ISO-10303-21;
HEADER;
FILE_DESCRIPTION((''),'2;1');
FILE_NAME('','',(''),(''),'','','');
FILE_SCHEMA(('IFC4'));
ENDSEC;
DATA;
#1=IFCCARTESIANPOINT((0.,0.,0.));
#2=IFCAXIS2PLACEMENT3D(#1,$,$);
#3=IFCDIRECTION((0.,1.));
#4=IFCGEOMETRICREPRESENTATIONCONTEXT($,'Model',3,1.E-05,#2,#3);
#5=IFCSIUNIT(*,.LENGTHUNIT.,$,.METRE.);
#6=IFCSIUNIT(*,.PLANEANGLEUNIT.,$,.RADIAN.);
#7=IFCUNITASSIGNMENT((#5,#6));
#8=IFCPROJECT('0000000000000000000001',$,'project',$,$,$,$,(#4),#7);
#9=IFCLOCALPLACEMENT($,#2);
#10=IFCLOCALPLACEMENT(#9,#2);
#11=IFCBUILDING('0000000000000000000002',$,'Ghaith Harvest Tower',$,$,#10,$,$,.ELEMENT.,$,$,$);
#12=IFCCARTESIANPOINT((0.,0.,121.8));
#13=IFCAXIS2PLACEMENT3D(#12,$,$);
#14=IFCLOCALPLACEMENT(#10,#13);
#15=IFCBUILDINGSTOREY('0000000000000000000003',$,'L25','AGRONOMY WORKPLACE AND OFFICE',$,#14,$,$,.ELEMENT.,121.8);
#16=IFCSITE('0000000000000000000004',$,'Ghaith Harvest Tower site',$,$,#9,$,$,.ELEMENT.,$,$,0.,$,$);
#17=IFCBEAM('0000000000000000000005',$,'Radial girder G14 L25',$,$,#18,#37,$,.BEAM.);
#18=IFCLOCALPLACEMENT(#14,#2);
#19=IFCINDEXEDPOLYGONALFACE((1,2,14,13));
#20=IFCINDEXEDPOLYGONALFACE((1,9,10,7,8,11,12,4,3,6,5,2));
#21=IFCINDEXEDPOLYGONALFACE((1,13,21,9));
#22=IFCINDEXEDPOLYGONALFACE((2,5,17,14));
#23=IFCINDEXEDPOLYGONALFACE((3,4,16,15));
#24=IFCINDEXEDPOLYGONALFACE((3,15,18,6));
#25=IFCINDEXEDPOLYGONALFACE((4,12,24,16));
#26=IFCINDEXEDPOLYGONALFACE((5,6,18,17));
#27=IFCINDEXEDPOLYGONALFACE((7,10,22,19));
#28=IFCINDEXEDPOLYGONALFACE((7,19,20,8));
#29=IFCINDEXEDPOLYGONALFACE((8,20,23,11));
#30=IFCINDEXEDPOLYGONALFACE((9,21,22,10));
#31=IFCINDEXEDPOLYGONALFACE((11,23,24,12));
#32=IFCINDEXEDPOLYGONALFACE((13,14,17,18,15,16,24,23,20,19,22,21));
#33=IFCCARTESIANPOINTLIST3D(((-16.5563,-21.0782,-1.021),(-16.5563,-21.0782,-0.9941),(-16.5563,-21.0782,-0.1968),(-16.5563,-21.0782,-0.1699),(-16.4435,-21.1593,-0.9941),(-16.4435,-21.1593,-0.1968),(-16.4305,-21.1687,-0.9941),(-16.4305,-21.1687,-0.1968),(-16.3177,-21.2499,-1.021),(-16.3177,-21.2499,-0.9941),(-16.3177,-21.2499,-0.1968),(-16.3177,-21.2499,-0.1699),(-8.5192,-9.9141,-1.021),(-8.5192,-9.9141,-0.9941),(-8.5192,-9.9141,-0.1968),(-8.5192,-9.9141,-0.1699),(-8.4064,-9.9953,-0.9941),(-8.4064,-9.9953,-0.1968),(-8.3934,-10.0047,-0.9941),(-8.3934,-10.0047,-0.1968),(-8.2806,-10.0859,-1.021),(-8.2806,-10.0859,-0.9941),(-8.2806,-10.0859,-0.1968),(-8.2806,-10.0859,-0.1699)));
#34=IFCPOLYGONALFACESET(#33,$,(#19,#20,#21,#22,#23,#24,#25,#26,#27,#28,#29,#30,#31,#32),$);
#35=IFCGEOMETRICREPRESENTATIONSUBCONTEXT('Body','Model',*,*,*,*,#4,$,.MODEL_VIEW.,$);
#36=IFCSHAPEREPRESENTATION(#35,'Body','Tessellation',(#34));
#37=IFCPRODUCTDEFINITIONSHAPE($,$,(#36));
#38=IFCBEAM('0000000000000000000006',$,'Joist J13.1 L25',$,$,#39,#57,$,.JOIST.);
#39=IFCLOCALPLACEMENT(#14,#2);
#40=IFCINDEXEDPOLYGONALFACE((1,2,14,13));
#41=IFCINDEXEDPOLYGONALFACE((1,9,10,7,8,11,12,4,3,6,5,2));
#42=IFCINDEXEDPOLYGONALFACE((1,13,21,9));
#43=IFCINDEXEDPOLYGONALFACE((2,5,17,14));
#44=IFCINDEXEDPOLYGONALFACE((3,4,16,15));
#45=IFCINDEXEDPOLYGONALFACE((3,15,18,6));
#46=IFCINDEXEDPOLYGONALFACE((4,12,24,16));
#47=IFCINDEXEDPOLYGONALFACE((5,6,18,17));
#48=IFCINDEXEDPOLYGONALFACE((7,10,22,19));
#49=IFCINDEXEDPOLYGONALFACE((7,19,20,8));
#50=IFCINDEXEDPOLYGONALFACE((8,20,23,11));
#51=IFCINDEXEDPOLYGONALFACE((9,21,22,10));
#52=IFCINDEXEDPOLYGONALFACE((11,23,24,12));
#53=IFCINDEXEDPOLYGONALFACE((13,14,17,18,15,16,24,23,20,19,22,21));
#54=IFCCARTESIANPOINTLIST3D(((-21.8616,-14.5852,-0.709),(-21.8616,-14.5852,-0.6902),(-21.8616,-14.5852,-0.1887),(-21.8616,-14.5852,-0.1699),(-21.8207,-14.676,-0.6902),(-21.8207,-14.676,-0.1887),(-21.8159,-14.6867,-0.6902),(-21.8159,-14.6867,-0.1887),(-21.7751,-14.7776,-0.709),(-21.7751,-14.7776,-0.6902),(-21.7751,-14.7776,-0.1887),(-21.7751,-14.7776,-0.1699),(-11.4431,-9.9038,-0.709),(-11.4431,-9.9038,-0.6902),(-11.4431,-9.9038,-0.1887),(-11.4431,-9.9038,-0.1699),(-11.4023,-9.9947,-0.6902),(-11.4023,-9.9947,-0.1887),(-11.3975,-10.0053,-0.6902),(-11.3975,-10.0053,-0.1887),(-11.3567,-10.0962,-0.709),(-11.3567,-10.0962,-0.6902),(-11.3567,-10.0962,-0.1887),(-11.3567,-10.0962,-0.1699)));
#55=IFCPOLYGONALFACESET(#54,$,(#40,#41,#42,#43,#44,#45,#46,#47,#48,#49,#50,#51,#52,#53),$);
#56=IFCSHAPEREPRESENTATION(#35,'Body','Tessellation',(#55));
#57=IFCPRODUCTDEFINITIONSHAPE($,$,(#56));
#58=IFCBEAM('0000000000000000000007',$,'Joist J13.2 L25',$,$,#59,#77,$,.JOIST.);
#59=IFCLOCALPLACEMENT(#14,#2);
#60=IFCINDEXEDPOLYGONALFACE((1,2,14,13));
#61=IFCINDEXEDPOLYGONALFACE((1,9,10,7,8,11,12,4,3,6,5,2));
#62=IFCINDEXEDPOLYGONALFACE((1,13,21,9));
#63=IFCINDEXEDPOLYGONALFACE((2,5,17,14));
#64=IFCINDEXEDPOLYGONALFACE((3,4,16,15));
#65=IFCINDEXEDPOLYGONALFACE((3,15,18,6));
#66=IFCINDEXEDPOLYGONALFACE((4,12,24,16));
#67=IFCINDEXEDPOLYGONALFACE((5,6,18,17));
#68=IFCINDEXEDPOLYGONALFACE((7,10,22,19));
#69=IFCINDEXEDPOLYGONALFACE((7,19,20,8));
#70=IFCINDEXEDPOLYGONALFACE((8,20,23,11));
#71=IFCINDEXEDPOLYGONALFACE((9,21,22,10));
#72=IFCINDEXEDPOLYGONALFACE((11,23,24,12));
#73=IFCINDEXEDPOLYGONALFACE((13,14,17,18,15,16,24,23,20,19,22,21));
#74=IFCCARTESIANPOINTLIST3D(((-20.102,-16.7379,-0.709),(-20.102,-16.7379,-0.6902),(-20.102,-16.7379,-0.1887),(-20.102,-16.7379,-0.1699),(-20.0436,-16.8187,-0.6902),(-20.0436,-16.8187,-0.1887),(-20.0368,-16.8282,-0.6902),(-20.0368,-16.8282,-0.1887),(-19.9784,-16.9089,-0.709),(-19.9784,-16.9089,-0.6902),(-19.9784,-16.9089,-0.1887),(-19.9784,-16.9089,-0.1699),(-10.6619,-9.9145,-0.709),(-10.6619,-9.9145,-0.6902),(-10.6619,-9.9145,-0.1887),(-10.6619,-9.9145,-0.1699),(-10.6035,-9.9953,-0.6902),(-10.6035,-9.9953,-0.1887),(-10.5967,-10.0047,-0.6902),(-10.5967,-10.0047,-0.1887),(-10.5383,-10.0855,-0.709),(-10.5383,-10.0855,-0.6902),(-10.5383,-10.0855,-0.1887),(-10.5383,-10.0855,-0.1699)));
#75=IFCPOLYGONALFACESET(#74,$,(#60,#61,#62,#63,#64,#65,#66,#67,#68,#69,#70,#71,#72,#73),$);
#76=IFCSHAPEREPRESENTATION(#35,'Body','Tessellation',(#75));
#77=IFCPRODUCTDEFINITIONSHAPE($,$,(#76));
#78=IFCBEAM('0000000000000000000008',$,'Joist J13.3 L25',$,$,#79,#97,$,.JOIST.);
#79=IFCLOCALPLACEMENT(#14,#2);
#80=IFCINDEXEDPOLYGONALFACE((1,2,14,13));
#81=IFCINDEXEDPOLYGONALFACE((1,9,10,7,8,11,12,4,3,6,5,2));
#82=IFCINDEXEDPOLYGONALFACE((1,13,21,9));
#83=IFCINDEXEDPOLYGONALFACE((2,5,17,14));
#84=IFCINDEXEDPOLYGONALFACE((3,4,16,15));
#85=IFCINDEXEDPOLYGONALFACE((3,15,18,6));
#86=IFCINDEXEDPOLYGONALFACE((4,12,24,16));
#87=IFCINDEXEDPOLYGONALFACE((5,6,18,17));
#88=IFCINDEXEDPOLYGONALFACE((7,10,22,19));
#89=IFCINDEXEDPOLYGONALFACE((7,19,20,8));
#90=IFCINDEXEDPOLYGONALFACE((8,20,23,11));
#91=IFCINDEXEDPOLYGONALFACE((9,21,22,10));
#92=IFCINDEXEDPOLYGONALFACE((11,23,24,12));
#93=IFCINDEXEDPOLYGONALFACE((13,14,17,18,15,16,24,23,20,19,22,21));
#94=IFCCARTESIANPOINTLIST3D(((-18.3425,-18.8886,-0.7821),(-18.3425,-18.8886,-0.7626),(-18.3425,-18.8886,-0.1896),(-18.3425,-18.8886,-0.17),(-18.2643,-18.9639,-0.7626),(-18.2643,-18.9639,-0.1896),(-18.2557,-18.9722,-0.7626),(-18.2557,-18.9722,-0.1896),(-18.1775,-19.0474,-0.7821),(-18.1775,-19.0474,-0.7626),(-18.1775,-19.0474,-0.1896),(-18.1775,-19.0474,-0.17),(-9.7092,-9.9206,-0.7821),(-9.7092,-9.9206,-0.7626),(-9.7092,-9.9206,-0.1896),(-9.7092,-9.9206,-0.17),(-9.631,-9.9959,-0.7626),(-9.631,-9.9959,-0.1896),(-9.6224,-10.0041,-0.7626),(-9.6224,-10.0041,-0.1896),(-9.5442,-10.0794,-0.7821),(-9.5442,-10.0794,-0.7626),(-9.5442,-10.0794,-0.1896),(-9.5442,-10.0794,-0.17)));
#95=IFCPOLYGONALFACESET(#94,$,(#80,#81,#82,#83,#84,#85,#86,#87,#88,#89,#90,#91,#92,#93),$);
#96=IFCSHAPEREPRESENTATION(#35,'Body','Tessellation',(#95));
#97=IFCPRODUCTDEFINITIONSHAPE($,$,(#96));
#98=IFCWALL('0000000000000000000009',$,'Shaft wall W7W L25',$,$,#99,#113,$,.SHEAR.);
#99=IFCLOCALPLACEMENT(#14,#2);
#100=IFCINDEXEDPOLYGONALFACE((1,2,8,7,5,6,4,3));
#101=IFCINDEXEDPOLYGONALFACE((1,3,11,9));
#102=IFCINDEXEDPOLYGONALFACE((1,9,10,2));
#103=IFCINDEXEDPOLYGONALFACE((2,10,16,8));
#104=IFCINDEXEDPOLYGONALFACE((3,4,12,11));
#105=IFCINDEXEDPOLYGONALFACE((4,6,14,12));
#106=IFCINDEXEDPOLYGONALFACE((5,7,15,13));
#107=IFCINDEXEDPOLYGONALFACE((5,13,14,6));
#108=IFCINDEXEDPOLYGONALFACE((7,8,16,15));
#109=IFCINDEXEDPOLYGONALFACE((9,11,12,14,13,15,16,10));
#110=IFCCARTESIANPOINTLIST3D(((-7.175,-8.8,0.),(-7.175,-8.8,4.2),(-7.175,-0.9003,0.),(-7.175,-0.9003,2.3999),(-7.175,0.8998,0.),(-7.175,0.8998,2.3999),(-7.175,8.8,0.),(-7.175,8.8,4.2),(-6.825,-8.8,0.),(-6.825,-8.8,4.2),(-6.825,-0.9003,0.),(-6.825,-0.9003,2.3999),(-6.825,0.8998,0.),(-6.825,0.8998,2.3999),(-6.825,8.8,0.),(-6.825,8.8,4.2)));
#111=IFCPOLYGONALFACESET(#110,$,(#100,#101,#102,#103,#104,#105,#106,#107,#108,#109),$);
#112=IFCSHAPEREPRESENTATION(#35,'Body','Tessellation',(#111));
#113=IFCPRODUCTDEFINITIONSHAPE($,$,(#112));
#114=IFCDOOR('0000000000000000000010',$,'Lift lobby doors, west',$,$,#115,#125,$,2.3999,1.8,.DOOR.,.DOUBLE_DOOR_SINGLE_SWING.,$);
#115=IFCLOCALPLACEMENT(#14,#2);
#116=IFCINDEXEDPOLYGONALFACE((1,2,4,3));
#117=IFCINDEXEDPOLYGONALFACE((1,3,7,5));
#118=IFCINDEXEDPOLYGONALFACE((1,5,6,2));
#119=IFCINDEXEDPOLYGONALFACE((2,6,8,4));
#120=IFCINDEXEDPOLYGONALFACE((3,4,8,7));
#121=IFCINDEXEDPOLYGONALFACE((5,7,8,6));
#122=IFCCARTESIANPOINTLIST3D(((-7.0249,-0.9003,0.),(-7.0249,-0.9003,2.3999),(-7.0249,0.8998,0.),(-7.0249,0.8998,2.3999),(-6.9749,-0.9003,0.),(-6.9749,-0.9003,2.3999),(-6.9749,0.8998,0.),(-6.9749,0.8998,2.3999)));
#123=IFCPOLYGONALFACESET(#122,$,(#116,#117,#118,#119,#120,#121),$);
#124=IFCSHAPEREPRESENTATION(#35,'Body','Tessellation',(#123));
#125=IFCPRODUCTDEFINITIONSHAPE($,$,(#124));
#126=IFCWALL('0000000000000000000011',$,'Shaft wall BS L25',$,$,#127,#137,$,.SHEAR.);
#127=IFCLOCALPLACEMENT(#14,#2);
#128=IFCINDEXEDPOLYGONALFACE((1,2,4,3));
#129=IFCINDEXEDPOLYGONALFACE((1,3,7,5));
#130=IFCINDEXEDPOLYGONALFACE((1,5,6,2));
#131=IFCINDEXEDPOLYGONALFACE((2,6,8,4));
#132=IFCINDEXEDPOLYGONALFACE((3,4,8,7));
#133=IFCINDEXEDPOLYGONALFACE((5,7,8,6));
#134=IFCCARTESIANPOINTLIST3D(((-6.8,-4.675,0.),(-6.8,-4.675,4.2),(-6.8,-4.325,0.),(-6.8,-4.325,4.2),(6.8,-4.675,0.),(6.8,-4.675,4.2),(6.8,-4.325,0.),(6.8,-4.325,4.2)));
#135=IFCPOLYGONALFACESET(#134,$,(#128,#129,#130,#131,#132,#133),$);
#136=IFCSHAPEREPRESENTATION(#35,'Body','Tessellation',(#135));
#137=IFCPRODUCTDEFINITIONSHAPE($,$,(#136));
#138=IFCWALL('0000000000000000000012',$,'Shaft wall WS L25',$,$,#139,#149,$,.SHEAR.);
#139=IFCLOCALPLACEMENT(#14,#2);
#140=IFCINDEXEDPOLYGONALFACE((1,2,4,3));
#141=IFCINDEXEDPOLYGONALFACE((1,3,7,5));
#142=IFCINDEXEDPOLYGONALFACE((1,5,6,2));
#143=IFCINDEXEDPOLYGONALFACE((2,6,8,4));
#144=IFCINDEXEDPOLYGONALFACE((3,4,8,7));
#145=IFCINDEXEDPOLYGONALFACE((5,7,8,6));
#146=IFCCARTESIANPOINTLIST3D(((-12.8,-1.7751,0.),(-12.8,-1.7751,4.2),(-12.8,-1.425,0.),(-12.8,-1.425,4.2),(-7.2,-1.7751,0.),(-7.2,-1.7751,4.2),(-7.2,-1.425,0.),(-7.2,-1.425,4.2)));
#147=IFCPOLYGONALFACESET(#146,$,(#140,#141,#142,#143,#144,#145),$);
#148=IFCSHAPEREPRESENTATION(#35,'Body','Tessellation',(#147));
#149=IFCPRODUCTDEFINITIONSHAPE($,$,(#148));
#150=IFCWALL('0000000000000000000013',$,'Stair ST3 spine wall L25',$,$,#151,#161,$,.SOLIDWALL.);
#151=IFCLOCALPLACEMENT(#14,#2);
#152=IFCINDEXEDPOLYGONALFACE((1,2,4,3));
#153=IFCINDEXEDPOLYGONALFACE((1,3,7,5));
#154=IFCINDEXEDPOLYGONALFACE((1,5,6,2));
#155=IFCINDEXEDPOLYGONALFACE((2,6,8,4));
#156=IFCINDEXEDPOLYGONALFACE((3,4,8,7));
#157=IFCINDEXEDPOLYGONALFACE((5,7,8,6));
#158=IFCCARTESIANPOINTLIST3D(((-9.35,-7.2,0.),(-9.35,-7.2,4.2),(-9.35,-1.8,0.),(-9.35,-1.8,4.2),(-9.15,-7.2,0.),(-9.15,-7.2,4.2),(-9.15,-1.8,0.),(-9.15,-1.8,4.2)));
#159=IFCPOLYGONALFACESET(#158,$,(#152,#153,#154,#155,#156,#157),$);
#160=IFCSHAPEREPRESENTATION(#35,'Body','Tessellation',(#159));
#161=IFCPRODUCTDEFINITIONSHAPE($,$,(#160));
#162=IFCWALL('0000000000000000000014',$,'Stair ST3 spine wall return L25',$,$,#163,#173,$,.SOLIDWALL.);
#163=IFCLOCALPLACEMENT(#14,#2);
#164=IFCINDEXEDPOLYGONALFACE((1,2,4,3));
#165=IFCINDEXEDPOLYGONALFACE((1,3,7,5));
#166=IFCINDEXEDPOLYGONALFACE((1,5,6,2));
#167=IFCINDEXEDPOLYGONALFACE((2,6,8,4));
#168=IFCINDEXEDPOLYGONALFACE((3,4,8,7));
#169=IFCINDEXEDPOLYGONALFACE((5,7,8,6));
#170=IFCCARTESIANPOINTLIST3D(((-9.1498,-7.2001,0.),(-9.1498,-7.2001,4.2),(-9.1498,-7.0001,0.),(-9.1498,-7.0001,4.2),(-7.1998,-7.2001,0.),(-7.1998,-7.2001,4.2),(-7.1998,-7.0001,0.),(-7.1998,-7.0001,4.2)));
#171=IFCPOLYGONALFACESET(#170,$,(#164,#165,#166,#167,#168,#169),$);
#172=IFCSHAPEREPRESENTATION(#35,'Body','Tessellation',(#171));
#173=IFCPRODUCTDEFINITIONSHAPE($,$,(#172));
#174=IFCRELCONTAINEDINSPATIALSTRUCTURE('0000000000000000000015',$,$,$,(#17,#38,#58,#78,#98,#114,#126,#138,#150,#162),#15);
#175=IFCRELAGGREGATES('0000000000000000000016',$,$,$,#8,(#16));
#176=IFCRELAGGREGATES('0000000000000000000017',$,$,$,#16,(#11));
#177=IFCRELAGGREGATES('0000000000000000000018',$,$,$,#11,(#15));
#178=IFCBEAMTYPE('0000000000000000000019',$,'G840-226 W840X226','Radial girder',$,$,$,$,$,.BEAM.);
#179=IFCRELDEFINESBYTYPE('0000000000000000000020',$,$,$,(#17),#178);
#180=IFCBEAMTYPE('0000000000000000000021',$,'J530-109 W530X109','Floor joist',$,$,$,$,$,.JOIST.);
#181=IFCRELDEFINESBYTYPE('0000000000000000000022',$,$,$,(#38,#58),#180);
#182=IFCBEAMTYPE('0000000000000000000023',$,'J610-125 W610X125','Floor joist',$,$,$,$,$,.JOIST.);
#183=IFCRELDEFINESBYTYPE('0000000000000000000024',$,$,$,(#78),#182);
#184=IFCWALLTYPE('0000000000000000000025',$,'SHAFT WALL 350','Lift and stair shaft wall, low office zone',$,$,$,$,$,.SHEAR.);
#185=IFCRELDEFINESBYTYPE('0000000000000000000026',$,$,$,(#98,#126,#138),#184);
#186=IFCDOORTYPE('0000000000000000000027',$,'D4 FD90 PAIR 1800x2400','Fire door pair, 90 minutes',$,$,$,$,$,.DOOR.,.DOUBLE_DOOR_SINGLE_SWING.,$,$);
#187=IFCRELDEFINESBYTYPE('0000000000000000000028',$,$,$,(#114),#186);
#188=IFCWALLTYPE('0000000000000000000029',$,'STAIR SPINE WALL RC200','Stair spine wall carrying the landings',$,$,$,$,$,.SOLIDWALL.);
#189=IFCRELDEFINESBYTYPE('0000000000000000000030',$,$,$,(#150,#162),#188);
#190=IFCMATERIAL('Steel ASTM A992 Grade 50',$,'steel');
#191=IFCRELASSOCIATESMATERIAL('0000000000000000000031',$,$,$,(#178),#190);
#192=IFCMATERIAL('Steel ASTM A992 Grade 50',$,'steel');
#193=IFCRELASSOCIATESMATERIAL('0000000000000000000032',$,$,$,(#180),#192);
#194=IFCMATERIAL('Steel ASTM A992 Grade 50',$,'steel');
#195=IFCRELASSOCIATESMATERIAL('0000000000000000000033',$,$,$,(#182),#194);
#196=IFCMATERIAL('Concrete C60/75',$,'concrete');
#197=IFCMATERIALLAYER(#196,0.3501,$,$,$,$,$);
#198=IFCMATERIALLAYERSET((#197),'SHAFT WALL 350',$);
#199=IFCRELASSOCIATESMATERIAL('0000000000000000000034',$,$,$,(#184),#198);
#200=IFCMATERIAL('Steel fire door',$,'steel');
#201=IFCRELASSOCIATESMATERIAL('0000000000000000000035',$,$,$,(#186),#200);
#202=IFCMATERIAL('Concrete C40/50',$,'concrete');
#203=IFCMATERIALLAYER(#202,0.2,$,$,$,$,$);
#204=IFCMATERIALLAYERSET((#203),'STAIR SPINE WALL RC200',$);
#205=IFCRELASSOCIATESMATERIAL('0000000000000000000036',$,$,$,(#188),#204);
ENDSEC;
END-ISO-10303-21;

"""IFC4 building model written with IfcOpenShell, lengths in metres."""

from ifc_helpers import new_model, si_unit, direction, frame, frame_2d, origin, origin_2d, place, context, subcontext, project, spatial, rectangle, i_section, extrude, material, layer, layer_set, material_profile, profile_set, type_object, element, fill, save


model = new_model("IFC4")

# Units and contexts
model_context = context("Model", 3, precision=1e-05, world=origin(), true_north=direction((0.0, 1.0)))
body_context = subcontext(model_context, "Body", "Model", "MODEL_VIEW")
ifc_project = project(units=[si_unit("LENGTHUNIT", "METRE"), si_unit("PLANEANGLEUNIT", "RADIAN")], contexts=[model_context])

# Site, building, storey
site_placement = place(None, origin())
site = spatial("IfcSite", under=ifc_project, at=site_placement, Name="Ghaith Harvest Tower site", CompositionType="ELEMENT", RefElevation=0.0)
building_placement = place(site_placement, origin())
building = spatial("IfcBuilding", under=site, at=building_placement, Name="Ghaith Harvest Tower", CompositionType="ELEMENT")
storey_placement = place(building_placement, frame((0.0, 0.0, 121.8)))
storey = spatial("IfcBuildingStorey", under=building, at=storey_placement, Name="L25", Description="AGRONOMY WORKPLACE AND OFFICE", CompositionType="ELEMENT", Elevation=121.8)

# Beams
ifc_material_1 = material(Name="Steel ASTM A992 Grade 50", Category="steel")
ifc_material_profile_1 = material_profile(ifc_material_1, i_section(OverallWidth=0.2939, OverallDepth=0.8511, WebThickness=0.0161, FlangeThickness=0.0269, at=origin_2d()), Name="W840X226")
ifc_profile_set_1 = profile_set([ifc_material_profile_1], Name="Steel ASTM A992 Grade 50")
beam_type_1 = type_object("IfcBeamType", Name="G840-226 W840X226", Description="Radial girder", PredefinedType="BEAM", material=ifc_profile_set_1)
beam_1_placement = place(storey_placement, frame((-8.3999, -10.0, -0.5955), z_axis=(-0.584256, -0.811569, 0.0), x_axis=(0.811569, -0.584256, 0.0)))
element("IfcBeam", 1, at=beam_1_placement, inside=storey, type_object=beam_type_1, Name="Radial girder G14 L25", PredefinedType="BEAM", context=body_context, shape_type="SweptSolid", body=[
    extrude(i_section(OverallWidth=0.2939, OverallDepth=0.8511, WebThickness=0.0161, FlangeThickness=0.0269, at=origin_2d()), origin(), (0.0, 0.0, 1.0), 13.7561),
])
ifc_material_2 = material(Name="Steel ASTM A992 Grade 50", Category="steel")
ifc_material_profile_2 = material_profile(ifc_material_2, i_section(OverallWidth=0.2109, OverallDepth=0.5391, WebThickness=0.0117, FlangeThickness=0.0188, at=origin_2d()), Name="W530X109")
ifc_profile_set_2 = profile_set([ifc_material_profile_2], Name="Steel ASTM A992 Grade 50")
beam_type_2 = type_object("IfcBeamType", Name="J530-109 W530X109", Description="Floor joist", PredefinedType="JOIST", material=ifc_profile_set_2)
beam_2_placement = place(storey_placement, frame((-11.3999, -10.0, -0.4395), z_axis=(-0.912148, -0.409862, 0.0), x_axis=(0.409862, -0.912148, 0.0)))
element("IfcBeam", 2, at=beam_2_placement, inside=storey, type_object=beam_type_2, Name="Joist J13.1 L25", PredefinedType="JOIST", context=body_context, shape_type="SweptSolid", body=[
    extrude(i_section(OverallWidth=0.2109, OverallDepth=0.5391, WebThickness=0.0117, FlangeThickness=0.0188, at=origin_2d()), origin(), (0.0, 0.0, 1.0), 11.4219),
])
beam_3_placement = place(storey_placement, frame((-10.6001, -10.0, -0.4395), z_axis=(-0.810452, -0.585805, 0.0), x_axis=(0.585805, -0.810452, 0.0)))
element("IfcBeam", 3, at=beam_3_placement, inside=storey, type_object=beam_type_2, Name="Joist J13.2 L25", PredefinedType="JOIST", context=body_context, shape_type="SweptSolid", body=[
    extrude(i_section(OverallWidth=0.2109, OverallDepth=0.5391, WebThickness=0.0117, FlangeThickness=0.0188, at=origin_2d()), origin(), (0.0, 0.0, 1.0), 11.6479),
])
ifc_material_3 = material(Name="Steel ASTM A992 Grade 50", Category="steel")
ifc_material_profile_3 = material_profile(ifc_material_3, i_section(OverallWidth=0.229, OverallDepth=0.6121, WebThickness=0.012, FlangeThickness=0.0195, at=origin_2d()), Name="W610X125")
ifc_profile_set_3 = profile_set([ifc_material_profile_3], Name="Steel ASTM A992 Grade 50")
beam_type_3 = type_object("IfcBeamType", Name="J610-125 W610X125", Description="Floor joist", PredefinedType="JOIST", material=ifc_profile_set_3)
beam_4_placement = place(storey_placement, frame((-9.6267, -10.0, -0.4761), z_axis=(-0.693535, -0.720423, 0.0), x_axis=(0.720423, -0.693535, 0.0)))
element("IfcBeam", 4, at=beam_4_placement, inside=storey, type_object=beam_type_3, Name="Joist J13.3 L25", PredefinedType="JOIST", context=body_context, shape_type="SweptSolid", body=[
    extrude(i_section(OverallWidth=0.229, OverallDepth=0.6121, WebThickness=0.012, FlangeThickness=0.0195, at=origin_2d()), origin(), (0.0, 0.0, 1.0), 12.4482),
])

# Wall, opening, door
ifc_material_4 = material(Name="Concrete C60/75", Category="concrete")
ifc_layer_1 = layer(ifc_material_4, 0.3501)
ifc_layer_set_1 = layer_set([ifc_layer_1], Name="SHAFT WALL 350")
wall_type_1 = type_object("IfcWallType", Name="SHAFT WALL 350", Description="Lift and stair shaft wall, low office zone", PredefinedType="SHEAR", material=ifc_layer_set_1)
wall_1_placement = place(storey_placement, frame((-7.0, -8.8, 0.0), z_axis=(0.0, 0.0, 1.0), x_axis=(0.0, 1.0, 0.0)))
wall_1 = element("IfcWall", 5, at=wall_1_placement, inside=storey, type_object=wall_type_1, Name="Shaft wall W7W L25", PredefinedType="SHEAR", context=body_context, shape_type="SweptSolid", body=[
    extrude(rectangle(XDim=17.6001, YDim=0.3501, at=frame_2d((8.8, 0.0))), origin(), (0.0, 0.0, 1.0), 4.2),
])
opening_1_placement = place(wall_1_placement, frame((7.8999, 0.0, 0.0)))
opening_1 = element("IfcOpeningElement", 6, at=opening_1_placement, cuts=wall_1, PredefinedType="OPENING", context=body_context, shape_type="SweptSolid", body=[
    extrude(rectangle(XDim=1.8, YDim=2.3999, at=frame_2d((0.8999, 1.2))), frame((0.0, 0.1851, 0.0), z_axis=(0.0, -1.0, 0.0), x_axis=(1.0, 0.0, 0.0)), (0.0, 0.0, 1.0), 0.3701),
])
ifc_material_5 = material(Name="Steel fire door", Category="steel")
door_type_1 = type_object("IfcDoorType", Name="D4 FD90 PAIR 1800x2400", Description="Fire door pair, 90 minutes", OperationType="DOUBLE_DOOR_SINGLE_SWING", PredefinedType="DOOR", material=ifc_material_5)
door_1_placement = place(opening_1_placement, origin())
door_1 = element("IfcDoor", 7, at=door_1_placement, inside=storey, type_object=door_type_1, Name="Lift lobby doors, west", OperationType="DOUBLE_DOOR_SINGLE_SWING", OverallHeight=2.3999, OverallWidth=1.8, PredefinedType="DOOR", context=body_context, shape_type="SweptSolid", body=[
    extrude(rectangle(XDim=1.8, YDim=2.3999, at=frame_2d((0.8999, 1.2))), frame((0.0, 0.0249, 0.0), z_axis=(0.0, -1.0, 0.0), x_axis=(1.0, 0.0, 0.0)), (0.0, 0.0, 1.0), 0.05),
])
fill(opening_1, door_1)

# Walls
wall_2_placement = place(storey_placement, frame((-6.8, -4.5, 0.0), z_axis=(0.0, 0.0, 1.0), x_axis=(1.0, 0.0, 0.0)))
element("IfcWall", 8, at=wall_2_placement, inside=storey, type_object=wall_type_1, Name="Shaft wall BS L25", PredefinedType="SHEAR", context=body_context, shape_type="SweptSolid", body=[
    extrude(rectangle(XDim=13.6001, YDim=0.3501, at=frame_2d((6.8, 0.0))), origin(), (0.0, 0.0, 1.0), 4.2),
])
wall_3_placement = place(storey_placement, frame((-12.8, -1.6001, 0.0), z_axis=(0.0, 0.0, 1.0), x_axis=(1.0, 0.0, 0.0)))
element("IfcWall", 9, at=wall_3_placement, inside=storey, type_object=wall_type_1, Name="Shaft wall WS L25", PredefinedType="SHEAR", context=body_context, shape_type="SweptSolid", body=[
    extrude(rectangle(XDim=5.6001, YDim=0.3501, at=frame_2d((2.8, 0.0))), origin(), (0.0, 0.0, 1.0), 4.2),
])
ifc_material_6 = material(Name="Concrete C40/50", Category="concrete")
ifc_layer_2 = layer(ifc_material_6, 0.2)
ifc_layer_set_2 = layer_set([ifc_layer_2], Name="STAIR SPINE WALL RC200")
wall_type_2 = type_object("IfcWallType", Name="STAIR SPINE WALL RC200", Description="Stair spine wall carrying the landings", PredefinedType="SOLIDWALL", material=ifc_layer_set_2)
wall_4_placement = place(storey_placement, frame((-9.25, -7.2, 0.0), z_axis=(0.0, 0.0, 1.0), x_axis=(0.0, 1.0, 0.0)))
element("IfcWall", 10, at=wall_4_placement, inside=storey, type_object=wall_type_2, Name="Stair ST3 spine wall L25", PredefinedType="SOLIDWALL", context=body_context, shape_type="SweptSolid", body=[
    extrude(rectangle(XDim=5.3999, YDim=0.2, at=frame_2d((2.7, 0.0))), origin(), (0.0, 0.0, 1.0), 4.2),
])
wall_5_placement = place(storey_placement, frame((-9.1499, -7.1001, 0.0), z_axis=(0.0, 0.0, 1.0), x_axis=(1.0, 0.0, 0.0)))
element("IfcWall", 11, at=wall_5_placement, inside=storey, type_object=wall_type_2, Name="Stair ST3 spine wall return L25", PredefinedType="SOLIDWALL", context=body_context, shape_type="SweptSolid", body=[
    extrude(rectangle(XDim=1.95, YDim=0.2, at=frame_2d((0.9751, 0.0))), origin(), (0.0, 0.0, 1.0), 4.2),
])

save(model, "model.ifc")
